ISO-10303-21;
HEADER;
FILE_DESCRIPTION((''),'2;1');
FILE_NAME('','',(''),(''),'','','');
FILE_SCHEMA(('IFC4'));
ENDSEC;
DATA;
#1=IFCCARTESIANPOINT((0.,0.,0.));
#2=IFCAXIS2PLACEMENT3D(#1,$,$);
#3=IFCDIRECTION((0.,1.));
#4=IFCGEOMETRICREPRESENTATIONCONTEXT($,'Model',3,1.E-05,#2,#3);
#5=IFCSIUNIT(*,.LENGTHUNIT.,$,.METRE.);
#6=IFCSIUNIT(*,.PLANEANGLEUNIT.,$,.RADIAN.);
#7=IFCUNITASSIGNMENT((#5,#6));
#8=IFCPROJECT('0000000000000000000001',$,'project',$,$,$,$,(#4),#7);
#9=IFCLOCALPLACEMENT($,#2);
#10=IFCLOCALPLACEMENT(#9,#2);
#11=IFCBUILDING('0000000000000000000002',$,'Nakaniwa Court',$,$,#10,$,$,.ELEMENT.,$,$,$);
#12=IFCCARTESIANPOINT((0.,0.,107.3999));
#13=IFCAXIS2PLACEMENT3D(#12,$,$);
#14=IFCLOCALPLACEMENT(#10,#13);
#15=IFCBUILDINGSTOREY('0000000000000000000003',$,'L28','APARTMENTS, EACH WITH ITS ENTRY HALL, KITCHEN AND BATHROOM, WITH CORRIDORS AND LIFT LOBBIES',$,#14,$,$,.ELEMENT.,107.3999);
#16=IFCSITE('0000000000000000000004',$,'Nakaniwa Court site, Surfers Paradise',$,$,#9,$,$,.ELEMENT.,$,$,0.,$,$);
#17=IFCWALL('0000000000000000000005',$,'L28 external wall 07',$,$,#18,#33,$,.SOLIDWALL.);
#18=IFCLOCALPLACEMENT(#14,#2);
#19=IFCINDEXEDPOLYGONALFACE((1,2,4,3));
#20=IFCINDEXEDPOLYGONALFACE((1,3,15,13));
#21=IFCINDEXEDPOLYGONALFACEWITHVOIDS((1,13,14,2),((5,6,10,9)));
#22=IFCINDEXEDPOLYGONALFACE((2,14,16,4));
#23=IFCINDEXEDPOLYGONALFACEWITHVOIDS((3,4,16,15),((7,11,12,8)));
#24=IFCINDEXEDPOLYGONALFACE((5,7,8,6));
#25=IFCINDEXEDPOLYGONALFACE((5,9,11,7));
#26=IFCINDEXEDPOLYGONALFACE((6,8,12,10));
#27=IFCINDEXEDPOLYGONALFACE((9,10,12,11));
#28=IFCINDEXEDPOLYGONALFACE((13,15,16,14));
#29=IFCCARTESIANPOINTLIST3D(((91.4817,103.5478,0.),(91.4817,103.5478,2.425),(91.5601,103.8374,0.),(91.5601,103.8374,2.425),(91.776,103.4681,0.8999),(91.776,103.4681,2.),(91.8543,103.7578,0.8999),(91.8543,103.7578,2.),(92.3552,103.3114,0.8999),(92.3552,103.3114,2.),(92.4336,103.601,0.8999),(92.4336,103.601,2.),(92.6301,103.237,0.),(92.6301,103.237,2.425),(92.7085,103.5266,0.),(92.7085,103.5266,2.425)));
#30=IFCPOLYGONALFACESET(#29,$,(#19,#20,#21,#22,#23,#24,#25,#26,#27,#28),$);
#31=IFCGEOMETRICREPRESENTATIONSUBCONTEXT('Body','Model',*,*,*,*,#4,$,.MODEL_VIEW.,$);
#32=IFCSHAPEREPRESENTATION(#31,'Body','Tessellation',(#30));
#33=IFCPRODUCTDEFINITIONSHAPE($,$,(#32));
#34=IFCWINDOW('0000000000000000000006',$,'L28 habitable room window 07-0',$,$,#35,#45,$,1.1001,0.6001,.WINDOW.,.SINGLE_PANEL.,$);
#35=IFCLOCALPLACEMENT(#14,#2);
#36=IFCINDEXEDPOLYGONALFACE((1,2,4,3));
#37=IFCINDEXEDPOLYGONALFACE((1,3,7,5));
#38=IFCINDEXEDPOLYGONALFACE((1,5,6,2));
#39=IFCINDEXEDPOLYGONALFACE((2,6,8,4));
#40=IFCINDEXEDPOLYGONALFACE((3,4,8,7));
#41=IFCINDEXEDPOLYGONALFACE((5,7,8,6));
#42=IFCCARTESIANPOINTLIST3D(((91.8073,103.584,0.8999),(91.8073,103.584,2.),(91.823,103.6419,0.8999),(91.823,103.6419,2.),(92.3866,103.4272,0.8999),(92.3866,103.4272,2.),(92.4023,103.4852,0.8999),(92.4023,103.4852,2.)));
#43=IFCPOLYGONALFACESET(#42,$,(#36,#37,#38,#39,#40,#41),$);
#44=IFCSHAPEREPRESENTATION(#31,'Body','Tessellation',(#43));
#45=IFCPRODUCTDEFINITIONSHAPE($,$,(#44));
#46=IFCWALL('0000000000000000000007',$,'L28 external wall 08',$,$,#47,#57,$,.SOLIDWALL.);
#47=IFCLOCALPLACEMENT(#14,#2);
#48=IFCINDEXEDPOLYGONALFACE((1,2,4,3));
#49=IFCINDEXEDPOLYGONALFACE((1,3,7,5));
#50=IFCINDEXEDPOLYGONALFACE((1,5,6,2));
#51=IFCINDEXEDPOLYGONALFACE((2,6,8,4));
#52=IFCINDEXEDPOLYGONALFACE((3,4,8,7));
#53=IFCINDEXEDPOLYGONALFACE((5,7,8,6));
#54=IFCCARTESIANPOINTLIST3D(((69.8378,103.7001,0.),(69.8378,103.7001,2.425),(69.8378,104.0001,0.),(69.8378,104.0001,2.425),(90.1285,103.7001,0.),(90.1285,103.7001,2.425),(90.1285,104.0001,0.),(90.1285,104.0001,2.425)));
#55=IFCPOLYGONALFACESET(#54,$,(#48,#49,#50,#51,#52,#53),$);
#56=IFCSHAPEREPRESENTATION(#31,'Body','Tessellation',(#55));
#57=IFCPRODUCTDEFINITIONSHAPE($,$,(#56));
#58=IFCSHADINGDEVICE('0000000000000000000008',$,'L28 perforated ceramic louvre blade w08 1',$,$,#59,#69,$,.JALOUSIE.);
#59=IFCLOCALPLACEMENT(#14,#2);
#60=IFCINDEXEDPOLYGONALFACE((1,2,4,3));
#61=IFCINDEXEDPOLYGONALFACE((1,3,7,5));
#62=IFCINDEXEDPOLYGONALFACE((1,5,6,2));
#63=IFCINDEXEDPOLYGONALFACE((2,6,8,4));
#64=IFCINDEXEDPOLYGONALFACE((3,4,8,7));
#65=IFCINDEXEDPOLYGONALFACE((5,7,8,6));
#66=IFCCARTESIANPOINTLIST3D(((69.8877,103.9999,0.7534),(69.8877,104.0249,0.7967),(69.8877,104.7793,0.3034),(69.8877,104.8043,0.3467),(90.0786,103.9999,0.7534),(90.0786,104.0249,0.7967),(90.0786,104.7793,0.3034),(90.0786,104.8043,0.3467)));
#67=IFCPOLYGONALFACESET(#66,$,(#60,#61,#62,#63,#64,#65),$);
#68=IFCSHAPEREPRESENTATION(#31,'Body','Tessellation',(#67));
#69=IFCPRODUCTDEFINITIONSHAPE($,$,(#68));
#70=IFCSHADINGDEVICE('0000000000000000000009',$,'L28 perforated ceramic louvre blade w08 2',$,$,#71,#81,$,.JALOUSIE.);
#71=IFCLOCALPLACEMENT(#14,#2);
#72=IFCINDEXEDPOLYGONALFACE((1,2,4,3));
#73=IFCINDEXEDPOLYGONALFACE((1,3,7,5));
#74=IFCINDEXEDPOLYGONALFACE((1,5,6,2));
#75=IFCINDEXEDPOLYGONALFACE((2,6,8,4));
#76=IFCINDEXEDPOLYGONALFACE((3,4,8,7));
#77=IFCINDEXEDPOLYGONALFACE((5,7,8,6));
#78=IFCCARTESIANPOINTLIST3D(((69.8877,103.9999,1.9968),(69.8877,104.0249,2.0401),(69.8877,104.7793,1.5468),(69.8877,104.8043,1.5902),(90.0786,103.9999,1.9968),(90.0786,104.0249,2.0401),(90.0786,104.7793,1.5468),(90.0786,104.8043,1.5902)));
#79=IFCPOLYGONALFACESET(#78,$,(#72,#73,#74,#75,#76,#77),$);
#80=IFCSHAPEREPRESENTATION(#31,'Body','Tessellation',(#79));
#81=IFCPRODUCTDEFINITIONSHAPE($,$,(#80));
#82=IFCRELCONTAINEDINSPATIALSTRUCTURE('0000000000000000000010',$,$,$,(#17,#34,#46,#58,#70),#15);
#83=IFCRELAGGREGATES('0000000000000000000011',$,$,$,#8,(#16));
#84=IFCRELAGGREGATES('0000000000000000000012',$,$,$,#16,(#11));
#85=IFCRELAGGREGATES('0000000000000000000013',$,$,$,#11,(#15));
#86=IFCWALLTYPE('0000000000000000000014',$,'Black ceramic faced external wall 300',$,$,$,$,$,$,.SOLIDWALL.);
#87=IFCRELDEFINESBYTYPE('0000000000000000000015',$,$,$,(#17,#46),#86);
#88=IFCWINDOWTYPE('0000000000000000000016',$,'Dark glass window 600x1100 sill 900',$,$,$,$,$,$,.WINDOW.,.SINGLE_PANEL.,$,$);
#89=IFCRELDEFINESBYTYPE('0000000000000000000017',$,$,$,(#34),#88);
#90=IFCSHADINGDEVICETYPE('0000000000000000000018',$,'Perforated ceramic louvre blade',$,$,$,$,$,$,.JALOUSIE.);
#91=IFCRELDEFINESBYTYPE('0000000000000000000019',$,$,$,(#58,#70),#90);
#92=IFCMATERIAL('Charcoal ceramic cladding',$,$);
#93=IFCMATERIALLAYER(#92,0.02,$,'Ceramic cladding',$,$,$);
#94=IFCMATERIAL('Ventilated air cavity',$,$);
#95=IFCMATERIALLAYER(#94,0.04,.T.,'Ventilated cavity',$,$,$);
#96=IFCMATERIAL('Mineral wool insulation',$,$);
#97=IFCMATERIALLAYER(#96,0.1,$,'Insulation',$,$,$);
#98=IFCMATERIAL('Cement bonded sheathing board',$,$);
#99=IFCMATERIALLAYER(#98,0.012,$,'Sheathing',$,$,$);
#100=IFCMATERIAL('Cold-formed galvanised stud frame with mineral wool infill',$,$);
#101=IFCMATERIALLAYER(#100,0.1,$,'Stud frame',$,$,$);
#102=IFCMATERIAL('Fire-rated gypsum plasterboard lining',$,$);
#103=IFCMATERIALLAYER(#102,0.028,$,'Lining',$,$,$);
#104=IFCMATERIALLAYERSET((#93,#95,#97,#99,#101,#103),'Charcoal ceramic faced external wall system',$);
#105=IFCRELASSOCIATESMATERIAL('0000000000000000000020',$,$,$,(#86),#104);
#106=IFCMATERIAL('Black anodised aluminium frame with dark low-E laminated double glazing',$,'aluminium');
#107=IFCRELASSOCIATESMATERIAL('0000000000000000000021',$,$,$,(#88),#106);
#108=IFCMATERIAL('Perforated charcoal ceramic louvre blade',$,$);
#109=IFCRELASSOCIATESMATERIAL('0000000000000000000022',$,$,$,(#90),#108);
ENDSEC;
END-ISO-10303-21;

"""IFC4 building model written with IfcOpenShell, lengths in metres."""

from ifc_helpers import new_model, si_unit, direction, frame, frame_2d, origin, origin_2d, place, context, subcontext, project, spatial, rectangle, extrude, material, layer, layer_set, material_profile, profile_set, type_object, element, fill, save


model = new_model("IFC4")

# Units and contexts
model_context = context("Model", 3, precision=1e-05, world=origin(), true_north=direction((0.0, 1.0)))
body_context = subcontext(model_context, "Body", "Model", "MODEL_VIEW")
ifc_project = project(units=[si_unit("LENGTHUNIT", "METRE"), si_unit("PLANEANGLEUNIT", "RADIAN")], contexts=[model_context])

# Site, building, storey
site_placement = place(None, origin())
site = spatial("IfcSite", under=ifc_project, at=site_placement, Name="Nakaniwa Court site, Surfers Paradise", CompositionType="ELEMENT", RefElevation=0.0)
building_placement = place(site_placement, origin())
building = spatial("IfcBuilding", under=site, at=building_placement, Name="Nakaniwa Court", CompositionType="ELEMENT")
storey_placement = place(building_placement, frame((0.0, 0.0, 107.3999)))
storey = spatial("IfcBuildingStorey", under=building, at=storey_placement, Name="L28", Description="APARTMENTS, EACH WITH ITS ENTRY HALL, KITCHEN AND BATHROOM, WITH CORRIDORS AND LIFT LOBBIES", CompositionType="ELEMENT", Elevation=107.3999)

# Wall, opening, window
ifc_material_1 = material(Name="Charcoal ceramic cladding")
ifc_layer_1 = layer(ifc_material_1, 0.02, Name="Ceramic cladding")
ifc_material_2 = material(Name="Ventilated air cavity")
ifc_layer_2 = layer(ifc_material_2, 0.04, ventilated=True, Name="Ventilated cavity")
ifc_material_3 = material(Name="Mineral wool insulation")
ifc_layer_3 = layer(ifc_material_3, 0.1, Name="Insulation")
ifc_material_4 = material(Name="Cement bonded sheathing board")
ifc_layer_4 = layer(ifc_material_4, 0.012, Name="Sheathing")
ifc_material_5 = material(Name="Cold-formed galvanised stud frame with mineral wool infill")
ifc_layer_5 = layer(ifc_material_5, 0.1, Name="Stud frame")
ifc_material_6 = material(Name="Fire-rated gypsum plasterboard lining")
ifc_layer_6 = layer(ifc_material_6, 0.028, Name="Lining")
ifc_layer_set_1 = layer_set([ifc_layer_1, ifc_layer_2, ifc_layer_3, ifc_layer_4, ifc_layer_5, ifc_layer_6], Name="Charcoal ceramic faced external wall system")
wall_type_1 = type_object("IfcWallType", Name="Black ceramic faced external wall 300", PredefinedType="SOLIDWALL", material=ifc_layer_set_1)
ifc_material_7 = material(Name="Black anodised aluminium frame with dark low-E laminated double glazing", Category="aluminium")
window_type_1 = type_object("IfcWindowType", Name="Dark glass window 600x1100 sill 900", PartitioningType="SINGLE_PANEL", PredefinedType="WINDOW", material=ifc_material_7)
wall_1_placement = place(storey_placement, frame((92.6692, 103.3818, 0.0), z_axis=(0.0, 0.0, 1.0), x_axis=(-0.965278, 0.261224, 0.0)))
wall_1 = element("IfcWall", 1, at=wall_1_placement, inside=storey, type_object=wall_type_1, Name="L28 external wall 07", PredefinedType="SOLIDWALL", context=body_context, shape_type="SweptSolid", body=[
    extrude(rectangle(XDim=1.1897, YDim=0.3, at=frame_2d((0.5947, 0.0))), origin(), (0.0, 0.0, 1.0), 2.425),
])
opening_1_placement = place(wall_1_placement, frame((0.2847, 0.0, 0.8999)))
opening_1 = element("IfcOpeningElement", 2, at=opening_1_placement, cuts=wall_1, PredefinedType="OPENING", context=body_context, shape_type="SweptSolid", body=[
    extrude(rectangle(XDim=0.6001, YDim=1.1001, at=frame_2d((0.3, 0.55))), frame((0.0, 0.1599, 0.0), z_axis=(0.0, -1.0, 0.0), x_axis=(1.0, 0.0, 0.0)), (0.0, 0.0, 1.0), 0.3201),
])
window_1_placement = place(opening_1_placement, origin())
window_1 = element("IfcWindow", 3, at=window_1_placement, inside=storey, type_object=window_type_1, Name="L28 habitable room window 07-0", OverallHeight=1.1001, OverallWidth=0.6001, PartitioningType="SINGLE_PANEL", PredefinedType="WINDOW", context=body_context, shape_type="SweptSolid", body=[
    extrude(rectangle(XDim=0.6001, YDim=1.1001, at=frame_2d((0.3, 0.55))), frame((0.0, 0.03, 0.0), z_axis=(0.0, -1.0, 0.0), x_axis=(1.0, 0.0, 0.0)), (0.0, 0.0, 1.0), 0.0601),
])
fill(opening_1, window_1)

# Wall
wall_2_placement = place(storey_placement, frame((90.1287, 103.8501, 0.0), z_axis=(0.0, 0.0, 1.0), x_axis=(-1.0, 0.0, 0.0)))
element("IfcWall", 4, at=wall_2_placement, inside=storey, type_object=wall_type_1, Name="L28 external wall 08", PredefinedType="SOLIDWALL", context=body_context, shape_type="SweptSolid", body=[
    extrude(rectangle(XDim=20.2908, YDim=0.3, at=frame_2d((10.1455, 0.0))), origin(), (0.0, 0.0, 1.0), 2.425),
])

# Shading devices
ifc_material_8 = material(Name="Perforated charcoal ceramic louvre blade")
ifc_material_profile_1 = material_profile(ifc_material_8, rectangle(XDim=0.8999, YDim=0.05, at=origin_2d()), Name="Perforated ceramic louvre blade")
ifc_profile_set_1 = profile_set([ifc_material_profile_1], Name="Perforated charcoal ceramic louvre blade")
shading_device_type = type_object("IfcShadingDeviceType", Name="Perforated ceramic louvre blade", PredefinedType="JALOUSIE", material=ifc_profile_set_1)
for number, where, z_axis, x_axis, name in (
    (5, (90.0786, 104.4021, 0.55), (-1.0, 0.0, 0.0), (0.0, -0.866025, 0.5), "L28 perforated ceramic louvre blade w08 1"),
    (6, (90.0786, 104.4021, 1.7935), (-1.0, 0.0, 0.0), (0.0, -0.866025, 0.5), "L28 perforated ceramic louvre blade w08 2"),
):
    element("IfcShadingDevice", number, at=place(storey_placement, frame(where, z_axis=z_axis, x_axis=x_axis)), inside=storey, type_object=shading_device_type, Name=name, PredefinedType="JALOUSIE", context=body_context, shape_type="SweptSolid", body=[
        extrude(rectangle(XDim=0.8999, YDim=0.05, at=origin_2d()), origin(), (0.0, 0.0, 1.0), 20.1909),
    ])

save(model, "model.ifc")
